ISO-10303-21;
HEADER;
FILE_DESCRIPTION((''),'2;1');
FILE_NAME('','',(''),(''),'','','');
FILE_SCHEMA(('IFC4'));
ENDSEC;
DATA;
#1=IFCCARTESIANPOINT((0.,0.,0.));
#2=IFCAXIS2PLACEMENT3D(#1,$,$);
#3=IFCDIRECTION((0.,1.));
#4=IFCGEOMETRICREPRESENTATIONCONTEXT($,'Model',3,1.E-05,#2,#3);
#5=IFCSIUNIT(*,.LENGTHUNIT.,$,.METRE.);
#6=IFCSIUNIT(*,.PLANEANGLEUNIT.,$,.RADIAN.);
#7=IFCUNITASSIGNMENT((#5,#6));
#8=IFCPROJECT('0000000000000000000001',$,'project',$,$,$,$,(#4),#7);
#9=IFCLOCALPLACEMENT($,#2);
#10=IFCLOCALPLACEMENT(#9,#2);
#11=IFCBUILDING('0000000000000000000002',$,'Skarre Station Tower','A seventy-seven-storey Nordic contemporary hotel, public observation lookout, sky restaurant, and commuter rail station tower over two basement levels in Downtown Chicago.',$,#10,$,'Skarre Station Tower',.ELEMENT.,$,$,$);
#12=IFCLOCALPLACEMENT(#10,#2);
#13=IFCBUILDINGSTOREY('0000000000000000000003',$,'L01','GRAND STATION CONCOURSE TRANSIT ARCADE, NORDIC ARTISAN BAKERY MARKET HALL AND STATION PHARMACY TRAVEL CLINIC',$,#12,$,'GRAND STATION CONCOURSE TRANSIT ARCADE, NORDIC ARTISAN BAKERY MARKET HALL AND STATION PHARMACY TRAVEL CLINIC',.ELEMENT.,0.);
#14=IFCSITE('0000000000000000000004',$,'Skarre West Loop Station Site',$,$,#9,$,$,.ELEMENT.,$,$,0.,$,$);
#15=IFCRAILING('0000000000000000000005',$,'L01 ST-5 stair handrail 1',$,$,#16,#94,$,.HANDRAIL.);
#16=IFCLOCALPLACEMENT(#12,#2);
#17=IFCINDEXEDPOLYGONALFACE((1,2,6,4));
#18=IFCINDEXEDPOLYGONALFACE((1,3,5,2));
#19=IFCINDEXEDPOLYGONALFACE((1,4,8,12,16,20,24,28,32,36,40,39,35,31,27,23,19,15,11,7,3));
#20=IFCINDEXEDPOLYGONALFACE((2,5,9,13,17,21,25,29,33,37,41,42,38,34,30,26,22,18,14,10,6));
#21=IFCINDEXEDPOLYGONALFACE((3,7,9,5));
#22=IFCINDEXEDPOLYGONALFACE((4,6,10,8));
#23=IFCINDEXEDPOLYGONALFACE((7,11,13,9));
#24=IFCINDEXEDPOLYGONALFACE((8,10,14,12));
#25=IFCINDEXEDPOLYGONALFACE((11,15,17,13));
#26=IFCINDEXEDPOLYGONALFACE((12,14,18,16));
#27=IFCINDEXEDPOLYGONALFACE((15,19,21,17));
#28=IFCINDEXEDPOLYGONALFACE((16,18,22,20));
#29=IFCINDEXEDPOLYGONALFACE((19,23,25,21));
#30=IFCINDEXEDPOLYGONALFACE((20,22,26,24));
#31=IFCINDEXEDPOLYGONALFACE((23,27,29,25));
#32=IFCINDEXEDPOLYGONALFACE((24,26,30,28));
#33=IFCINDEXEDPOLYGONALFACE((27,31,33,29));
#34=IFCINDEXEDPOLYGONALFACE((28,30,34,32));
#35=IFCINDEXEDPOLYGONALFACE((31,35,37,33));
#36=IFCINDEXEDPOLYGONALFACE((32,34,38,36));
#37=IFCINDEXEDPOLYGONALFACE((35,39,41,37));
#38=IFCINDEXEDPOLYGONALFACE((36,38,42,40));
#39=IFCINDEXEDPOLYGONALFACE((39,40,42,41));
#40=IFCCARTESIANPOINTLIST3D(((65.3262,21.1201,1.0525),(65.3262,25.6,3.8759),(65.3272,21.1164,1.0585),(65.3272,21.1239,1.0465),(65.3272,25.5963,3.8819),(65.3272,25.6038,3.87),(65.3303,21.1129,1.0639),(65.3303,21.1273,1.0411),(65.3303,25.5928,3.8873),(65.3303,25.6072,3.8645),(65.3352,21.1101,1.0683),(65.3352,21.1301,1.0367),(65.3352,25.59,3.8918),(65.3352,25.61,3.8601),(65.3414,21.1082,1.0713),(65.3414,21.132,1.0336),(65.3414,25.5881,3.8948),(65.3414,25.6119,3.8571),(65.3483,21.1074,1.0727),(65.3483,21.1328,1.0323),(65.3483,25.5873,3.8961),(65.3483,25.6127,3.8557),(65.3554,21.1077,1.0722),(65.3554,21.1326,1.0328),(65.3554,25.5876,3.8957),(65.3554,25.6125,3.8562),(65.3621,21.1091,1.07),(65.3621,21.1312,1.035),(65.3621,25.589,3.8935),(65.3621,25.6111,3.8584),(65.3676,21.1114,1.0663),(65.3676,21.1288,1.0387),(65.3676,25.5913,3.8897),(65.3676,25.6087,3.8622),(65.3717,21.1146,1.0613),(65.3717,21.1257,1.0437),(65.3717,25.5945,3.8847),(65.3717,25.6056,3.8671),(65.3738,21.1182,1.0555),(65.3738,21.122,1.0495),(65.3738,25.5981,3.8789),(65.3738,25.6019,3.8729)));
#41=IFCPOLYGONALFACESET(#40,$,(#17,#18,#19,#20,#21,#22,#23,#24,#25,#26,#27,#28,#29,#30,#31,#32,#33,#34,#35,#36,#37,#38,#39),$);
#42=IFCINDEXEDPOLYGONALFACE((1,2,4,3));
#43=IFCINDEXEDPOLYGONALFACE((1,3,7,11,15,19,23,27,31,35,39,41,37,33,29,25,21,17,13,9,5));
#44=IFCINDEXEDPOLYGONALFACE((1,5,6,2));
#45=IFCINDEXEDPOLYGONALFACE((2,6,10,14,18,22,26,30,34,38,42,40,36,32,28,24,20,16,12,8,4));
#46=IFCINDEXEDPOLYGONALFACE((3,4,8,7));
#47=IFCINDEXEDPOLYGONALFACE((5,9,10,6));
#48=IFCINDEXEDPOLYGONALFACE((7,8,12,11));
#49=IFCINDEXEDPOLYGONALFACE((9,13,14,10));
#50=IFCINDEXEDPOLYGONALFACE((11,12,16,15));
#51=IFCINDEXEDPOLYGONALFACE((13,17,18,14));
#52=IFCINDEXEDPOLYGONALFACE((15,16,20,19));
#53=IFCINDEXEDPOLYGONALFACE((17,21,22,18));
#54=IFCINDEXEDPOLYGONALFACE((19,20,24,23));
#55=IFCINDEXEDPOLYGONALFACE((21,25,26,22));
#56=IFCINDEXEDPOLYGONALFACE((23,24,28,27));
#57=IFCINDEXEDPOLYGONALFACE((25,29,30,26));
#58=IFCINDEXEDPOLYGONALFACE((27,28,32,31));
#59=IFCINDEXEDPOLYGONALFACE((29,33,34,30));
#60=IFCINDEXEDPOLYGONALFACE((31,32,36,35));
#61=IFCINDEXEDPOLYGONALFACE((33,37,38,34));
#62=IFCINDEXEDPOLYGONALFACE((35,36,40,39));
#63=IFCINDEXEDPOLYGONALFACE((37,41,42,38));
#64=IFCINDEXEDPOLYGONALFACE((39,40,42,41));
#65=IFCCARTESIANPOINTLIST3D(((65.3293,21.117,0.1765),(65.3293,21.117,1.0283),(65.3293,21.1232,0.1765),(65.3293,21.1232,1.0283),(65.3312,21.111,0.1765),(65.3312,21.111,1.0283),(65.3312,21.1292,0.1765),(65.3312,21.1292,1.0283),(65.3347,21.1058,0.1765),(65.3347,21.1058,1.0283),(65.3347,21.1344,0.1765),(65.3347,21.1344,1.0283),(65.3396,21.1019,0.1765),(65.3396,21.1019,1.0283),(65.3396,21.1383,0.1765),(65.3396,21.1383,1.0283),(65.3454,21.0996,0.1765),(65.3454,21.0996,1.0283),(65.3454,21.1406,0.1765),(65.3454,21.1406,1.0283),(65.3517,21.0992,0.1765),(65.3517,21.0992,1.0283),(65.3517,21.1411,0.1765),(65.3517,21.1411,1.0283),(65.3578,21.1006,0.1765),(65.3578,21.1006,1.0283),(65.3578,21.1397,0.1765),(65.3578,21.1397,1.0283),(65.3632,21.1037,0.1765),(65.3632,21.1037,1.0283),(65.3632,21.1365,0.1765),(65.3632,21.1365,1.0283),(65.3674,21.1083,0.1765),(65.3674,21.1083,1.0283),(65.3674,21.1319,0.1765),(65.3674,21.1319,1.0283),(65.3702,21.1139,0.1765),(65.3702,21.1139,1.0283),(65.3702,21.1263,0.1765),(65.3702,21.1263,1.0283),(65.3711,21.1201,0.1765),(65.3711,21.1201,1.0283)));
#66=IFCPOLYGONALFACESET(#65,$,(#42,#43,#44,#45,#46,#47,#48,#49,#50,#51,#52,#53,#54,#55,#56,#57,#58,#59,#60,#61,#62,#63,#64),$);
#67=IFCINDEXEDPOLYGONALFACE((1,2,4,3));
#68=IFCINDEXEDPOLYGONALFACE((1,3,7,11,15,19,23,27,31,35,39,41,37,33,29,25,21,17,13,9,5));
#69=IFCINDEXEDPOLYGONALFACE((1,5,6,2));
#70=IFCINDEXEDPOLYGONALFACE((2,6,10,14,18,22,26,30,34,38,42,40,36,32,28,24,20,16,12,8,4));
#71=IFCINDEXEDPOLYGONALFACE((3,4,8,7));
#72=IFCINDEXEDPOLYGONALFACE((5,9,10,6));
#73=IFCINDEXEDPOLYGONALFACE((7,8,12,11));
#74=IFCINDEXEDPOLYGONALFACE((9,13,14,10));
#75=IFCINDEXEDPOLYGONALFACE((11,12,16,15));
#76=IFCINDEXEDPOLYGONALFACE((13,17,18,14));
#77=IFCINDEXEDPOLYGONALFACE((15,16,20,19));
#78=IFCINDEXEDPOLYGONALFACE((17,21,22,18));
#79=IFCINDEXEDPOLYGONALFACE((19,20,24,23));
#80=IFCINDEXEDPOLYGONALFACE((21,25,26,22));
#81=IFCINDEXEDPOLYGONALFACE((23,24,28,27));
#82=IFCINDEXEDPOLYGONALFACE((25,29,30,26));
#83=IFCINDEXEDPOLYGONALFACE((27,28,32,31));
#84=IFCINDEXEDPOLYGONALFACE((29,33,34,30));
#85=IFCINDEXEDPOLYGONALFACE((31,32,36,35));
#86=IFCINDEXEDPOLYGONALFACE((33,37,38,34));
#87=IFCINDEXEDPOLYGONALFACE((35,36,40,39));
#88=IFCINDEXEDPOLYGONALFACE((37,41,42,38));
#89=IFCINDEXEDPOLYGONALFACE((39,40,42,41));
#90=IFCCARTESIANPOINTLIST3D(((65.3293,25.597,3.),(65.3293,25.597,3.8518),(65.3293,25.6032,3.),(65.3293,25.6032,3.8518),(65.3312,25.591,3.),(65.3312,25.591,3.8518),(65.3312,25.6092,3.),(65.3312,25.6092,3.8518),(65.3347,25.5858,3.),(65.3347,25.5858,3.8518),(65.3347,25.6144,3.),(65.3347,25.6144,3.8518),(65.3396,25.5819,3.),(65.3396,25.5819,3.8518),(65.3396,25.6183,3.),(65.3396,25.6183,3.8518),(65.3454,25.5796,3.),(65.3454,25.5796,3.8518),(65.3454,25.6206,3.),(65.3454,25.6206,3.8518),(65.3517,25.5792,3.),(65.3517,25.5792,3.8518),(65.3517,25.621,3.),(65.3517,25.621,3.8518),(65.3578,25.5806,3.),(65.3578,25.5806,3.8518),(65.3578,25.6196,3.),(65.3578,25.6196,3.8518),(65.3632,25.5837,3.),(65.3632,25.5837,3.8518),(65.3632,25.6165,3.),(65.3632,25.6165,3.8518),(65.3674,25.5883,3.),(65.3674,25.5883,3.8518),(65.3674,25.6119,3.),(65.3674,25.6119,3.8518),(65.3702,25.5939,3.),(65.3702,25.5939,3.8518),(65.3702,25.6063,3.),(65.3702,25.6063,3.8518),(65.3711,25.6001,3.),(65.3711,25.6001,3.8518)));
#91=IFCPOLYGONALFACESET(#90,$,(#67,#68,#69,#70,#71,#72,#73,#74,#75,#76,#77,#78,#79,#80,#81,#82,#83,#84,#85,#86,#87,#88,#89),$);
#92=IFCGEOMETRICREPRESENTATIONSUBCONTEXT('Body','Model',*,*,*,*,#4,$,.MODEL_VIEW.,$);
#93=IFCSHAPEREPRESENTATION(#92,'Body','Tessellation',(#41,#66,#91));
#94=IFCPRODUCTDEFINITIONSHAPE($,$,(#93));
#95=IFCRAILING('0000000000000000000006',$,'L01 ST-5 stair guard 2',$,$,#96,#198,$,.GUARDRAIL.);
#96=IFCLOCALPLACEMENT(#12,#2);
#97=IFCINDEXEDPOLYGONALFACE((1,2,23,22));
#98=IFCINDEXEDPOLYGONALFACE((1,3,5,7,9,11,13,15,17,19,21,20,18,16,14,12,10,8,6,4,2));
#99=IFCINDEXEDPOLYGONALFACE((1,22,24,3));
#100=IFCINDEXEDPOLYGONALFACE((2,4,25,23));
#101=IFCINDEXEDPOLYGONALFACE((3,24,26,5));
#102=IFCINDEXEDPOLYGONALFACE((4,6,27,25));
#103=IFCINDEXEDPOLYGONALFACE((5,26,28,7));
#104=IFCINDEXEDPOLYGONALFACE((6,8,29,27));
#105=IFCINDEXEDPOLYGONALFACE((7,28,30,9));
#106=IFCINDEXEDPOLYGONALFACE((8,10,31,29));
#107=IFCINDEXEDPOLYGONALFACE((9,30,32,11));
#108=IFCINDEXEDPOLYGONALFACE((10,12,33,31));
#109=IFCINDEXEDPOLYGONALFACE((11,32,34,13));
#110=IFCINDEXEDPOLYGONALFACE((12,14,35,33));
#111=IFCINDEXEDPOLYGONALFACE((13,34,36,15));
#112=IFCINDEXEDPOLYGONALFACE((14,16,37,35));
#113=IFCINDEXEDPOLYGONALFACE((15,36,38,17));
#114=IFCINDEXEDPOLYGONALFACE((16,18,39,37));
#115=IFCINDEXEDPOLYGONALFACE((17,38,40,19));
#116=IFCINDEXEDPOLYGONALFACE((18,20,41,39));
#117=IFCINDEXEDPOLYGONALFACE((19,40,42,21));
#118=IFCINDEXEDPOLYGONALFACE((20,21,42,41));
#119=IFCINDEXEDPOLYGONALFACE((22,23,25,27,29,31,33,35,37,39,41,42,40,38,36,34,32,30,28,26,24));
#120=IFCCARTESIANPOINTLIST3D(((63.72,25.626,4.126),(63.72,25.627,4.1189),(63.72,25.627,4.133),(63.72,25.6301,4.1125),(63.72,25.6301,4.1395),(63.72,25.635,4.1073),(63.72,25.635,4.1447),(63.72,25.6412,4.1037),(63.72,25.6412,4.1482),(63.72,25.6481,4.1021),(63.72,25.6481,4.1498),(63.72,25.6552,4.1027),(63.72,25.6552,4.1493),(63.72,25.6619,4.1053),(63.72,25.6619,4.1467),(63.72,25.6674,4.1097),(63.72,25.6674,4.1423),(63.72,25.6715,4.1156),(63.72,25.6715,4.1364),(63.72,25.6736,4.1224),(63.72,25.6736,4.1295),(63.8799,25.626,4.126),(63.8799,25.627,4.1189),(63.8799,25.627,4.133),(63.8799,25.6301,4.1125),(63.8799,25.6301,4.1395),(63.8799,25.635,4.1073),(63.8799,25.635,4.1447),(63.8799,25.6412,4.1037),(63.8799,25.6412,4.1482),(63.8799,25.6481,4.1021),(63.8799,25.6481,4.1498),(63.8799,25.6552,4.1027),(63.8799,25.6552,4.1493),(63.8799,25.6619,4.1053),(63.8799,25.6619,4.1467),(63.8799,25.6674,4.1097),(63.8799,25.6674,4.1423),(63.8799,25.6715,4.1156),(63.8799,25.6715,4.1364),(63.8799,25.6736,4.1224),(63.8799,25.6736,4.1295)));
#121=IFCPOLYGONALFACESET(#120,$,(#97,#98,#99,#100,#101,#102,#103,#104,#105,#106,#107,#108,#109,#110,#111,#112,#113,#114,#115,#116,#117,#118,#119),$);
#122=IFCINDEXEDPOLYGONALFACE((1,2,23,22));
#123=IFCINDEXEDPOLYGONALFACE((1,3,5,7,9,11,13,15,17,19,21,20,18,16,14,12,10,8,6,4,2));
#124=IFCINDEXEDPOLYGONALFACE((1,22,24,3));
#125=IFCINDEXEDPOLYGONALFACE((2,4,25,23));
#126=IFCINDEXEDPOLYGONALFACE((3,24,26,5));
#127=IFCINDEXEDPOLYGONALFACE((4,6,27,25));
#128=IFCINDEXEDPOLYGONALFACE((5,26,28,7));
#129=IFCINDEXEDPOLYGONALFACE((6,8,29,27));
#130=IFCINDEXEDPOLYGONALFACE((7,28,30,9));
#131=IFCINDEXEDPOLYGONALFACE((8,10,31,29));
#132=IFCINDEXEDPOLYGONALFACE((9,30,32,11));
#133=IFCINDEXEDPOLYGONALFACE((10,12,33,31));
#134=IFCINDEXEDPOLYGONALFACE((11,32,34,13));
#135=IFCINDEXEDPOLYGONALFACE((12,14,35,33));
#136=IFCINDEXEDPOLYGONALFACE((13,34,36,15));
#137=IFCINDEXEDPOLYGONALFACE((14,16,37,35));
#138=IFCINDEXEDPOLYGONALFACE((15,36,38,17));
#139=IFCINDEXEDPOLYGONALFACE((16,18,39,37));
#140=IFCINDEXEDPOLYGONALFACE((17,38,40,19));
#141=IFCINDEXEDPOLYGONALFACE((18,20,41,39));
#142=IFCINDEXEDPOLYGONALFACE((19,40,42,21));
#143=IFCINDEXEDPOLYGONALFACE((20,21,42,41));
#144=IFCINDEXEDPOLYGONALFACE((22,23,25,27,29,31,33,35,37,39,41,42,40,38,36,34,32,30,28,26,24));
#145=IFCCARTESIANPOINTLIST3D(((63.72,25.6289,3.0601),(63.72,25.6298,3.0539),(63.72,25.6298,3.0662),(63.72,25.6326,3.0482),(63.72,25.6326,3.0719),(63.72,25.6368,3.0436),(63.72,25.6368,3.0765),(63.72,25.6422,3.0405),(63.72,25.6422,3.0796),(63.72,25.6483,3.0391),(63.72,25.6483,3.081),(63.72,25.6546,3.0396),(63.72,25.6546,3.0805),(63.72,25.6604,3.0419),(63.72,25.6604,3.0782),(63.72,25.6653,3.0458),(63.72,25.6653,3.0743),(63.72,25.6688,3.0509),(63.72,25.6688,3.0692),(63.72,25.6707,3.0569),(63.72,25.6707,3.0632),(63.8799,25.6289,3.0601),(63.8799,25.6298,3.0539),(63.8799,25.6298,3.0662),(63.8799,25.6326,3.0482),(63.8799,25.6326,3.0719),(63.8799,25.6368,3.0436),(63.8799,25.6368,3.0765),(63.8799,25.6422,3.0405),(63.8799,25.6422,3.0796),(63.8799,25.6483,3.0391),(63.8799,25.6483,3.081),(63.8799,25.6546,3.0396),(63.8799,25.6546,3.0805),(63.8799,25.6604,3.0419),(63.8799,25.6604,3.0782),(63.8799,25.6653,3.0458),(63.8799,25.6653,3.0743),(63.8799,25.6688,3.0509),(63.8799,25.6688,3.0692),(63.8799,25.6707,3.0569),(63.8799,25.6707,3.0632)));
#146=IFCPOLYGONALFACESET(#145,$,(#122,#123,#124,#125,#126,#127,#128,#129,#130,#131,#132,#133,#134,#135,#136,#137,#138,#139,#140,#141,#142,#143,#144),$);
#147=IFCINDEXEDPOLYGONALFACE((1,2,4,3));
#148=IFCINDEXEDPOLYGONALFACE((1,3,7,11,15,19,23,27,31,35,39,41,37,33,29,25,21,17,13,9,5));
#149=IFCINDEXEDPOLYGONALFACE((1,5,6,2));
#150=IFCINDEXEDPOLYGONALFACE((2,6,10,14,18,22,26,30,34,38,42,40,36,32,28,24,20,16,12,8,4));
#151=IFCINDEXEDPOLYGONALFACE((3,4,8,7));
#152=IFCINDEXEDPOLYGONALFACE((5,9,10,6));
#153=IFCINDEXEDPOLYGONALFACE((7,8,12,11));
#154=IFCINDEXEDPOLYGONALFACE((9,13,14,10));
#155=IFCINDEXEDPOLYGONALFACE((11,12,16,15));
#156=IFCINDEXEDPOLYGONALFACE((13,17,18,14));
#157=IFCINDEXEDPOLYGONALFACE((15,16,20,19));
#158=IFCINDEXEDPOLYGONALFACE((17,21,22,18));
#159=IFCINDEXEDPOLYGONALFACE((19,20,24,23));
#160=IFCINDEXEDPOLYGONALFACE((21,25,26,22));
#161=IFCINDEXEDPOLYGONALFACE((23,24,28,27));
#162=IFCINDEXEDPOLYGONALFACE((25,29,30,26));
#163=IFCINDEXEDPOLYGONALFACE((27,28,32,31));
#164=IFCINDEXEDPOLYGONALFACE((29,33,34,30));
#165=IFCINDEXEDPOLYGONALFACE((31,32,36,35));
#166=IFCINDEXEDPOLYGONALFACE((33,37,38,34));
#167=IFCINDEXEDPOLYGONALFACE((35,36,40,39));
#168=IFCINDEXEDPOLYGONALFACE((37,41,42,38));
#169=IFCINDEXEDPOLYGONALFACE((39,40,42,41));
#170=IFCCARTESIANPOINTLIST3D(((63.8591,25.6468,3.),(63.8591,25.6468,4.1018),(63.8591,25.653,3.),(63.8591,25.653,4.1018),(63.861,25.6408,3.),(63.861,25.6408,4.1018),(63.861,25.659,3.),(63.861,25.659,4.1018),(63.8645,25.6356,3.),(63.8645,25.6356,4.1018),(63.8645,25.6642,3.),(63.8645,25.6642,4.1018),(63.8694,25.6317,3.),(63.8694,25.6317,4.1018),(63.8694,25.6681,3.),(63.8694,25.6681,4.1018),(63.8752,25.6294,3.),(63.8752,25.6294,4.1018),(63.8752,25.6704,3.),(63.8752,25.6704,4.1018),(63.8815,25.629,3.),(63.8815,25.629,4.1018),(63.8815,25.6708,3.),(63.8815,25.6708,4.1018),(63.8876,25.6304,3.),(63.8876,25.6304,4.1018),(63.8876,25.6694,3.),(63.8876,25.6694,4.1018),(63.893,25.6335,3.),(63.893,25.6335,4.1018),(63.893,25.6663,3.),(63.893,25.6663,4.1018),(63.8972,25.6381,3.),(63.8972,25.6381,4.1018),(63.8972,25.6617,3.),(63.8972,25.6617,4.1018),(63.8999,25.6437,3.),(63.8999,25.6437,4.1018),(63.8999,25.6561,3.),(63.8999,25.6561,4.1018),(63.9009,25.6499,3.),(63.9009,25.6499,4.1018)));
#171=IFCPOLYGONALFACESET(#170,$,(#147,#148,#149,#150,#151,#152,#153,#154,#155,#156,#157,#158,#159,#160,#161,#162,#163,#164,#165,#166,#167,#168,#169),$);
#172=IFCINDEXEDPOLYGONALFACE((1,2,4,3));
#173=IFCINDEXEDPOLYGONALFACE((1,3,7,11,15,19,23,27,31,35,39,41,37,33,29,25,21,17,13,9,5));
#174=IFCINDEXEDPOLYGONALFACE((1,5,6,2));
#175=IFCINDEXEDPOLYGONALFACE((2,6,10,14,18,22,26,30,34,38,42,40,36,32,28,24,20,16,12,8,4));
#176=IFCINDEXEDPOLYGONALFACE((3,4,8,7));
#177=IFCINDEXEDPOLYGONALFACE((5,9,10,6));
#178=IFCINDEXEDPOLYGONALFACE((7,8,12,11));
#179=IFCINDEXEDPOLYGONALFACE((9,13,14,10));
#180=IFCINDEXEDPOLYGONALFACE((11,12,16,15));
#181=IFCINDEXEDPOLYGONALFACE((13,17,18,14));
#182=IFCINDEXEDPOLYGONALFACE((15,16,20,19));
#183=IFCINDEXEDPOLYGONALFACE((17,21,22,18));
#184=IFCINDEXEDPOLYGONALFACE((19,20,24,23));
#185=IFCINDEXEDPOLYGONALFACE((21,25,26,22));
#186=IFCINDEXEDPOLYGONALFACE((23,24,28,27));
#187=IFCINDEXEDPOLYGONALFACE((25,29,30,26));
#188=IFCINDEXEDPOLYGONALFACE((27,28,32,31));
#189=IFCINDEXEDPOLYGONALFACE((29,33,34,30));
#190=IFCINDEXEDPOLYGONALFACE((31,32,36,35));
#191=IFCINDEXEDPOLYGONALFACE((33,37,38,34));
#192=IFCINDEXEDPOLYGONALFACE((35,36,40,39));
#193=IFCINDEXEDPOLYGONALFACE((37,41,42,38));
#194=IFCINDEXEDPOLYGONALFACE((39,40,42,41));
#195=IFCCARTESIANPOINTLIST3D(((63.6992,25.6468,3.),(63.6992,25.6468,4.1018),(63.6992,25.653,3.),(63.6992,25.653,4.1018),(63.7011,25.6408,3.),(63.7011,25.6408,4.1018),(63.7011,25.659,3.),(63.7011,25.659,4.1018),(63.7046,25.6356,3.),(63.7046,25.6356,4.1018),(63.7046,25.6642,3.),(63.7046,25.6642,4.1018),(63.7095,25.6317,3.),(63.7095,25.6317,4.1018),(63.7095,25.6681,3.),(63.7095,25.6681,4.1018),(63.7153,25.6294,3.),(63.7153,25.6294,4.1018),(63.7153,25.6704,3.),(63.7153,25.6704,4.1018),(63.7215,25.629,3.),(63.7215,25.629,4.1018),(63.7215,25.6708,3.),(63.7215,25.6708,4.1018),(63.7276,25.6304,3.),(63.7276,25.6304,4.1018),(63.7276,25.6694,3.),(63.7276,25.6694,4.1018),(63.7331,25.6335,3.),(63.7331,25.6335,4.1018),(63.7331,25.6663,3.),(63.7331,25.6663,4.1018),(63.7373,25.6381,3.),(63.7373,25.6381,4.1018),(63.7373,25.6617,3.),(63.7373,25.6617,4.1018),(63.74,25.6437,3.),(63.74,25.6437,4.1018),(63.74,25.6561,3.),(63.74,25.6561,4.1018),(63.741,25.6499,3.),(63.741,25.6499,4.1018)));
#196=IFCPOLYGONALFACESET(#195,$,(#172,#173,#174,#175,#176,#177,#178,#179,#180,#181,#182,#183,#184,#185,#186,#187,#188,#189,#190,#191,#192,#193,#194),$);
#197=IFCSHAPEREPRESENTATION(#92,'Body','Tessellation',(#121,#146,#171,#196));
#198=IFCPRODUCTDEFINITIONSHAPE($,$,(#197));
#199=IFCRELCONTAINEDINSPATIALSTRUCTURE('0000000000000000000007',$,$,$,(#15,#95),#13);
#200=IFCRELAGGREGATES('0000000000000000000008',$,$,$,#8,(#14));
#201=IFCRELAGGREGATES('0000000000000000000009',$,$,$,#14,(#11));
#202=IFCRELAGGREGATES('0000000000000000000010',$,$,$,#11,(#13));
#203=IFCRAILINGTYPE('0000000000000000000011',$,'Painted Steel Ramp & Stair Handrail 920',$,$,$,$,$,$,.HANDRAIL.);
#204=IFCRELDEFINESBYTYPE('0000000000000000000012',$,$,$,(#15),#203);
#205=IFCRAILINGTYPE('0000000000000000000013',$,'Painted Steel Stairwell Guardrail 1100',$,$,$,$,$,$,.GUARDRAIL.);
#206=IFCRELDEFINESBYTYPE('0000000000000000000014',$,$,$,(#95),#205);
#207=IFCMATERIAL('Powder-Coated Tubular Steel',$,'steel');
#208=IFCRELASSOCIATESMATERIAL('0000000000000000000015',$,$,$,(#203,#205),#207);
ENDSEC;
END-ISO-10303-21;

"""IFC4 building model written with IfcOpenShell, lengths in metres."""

from ifc_helpers import new_model, si_unit, direction, frame, origin, origin_2d, place, context, subcontext, project, spatial, circle, extrude, material, type_object, element, save


model = new_model("IFC4")

# Units and contexts
model_context = context("Model", 3, precision=1e-05, world=origin(), true_north=direction((0.0, 1.0)))
body_context = subcontext(model_context, "Body", "Model", "MODEL_VIEW")
ifc_project = project(units=[si_unit("LENGTHUNIT", "METRE"), si_unit("PLANEANGLEUNIT", "RADIAN")], contexts=[model_context])

# Site, building, storey
site_placement = place(None, origin())
site = spatial("IfcSite", under=ifc_project, at=site_placement, Name="Skarre West Loop Station Site", CompositionType="ELEMENT", RefElevation=0.0)
building_placement = place(site_placement, origin())
building = spatial("IfcBuilding", under=site, at=building_placement, Name="Skarre Station Tower", Description="A seventy-seven-storey Nordic contemporary hotel, public observation lookout, sky restaurant, and commuter rail station tower over two basement levels in Downtown Chicago.", LongName="Skarre Station Tower", CompositionType="ELEMENT")
storey_placement = place(building_placement, origin())
storey = spatial("IfcBuildingStorey", under=building, at=storey_placement, Name="L01", Description="GRAND STATION CONCOURSE TRANSIT ARCADE, NORDIC ARTISAN BAKERY MARKET HALL AND STATION PHARMACY TRAVEL CLINIC", LongName="GRAND STATION CONCOURSE TRANSIT ARCADE, NORDIC ARTISAN BAKERY MARKET HALL AND STATION PHARMACY TRAVEL CLINIC", CompositionType="ELEMENT", Elevation=0.0)

# Railings
ifc_material_1 = material(Name="Powder-Coated Tubular Steel", Category="steel")
railing_type_1 = type_object("IfcRailingType", Name="Painted Steel Ramp & Stair Handrail 920", PredefinedType="HANDRAIL", material=ifc_material_1)
railing_1_placement = place(storey_placement, frame((65.3501, 21.1201, 0.1765)))
element("IfcRailing", 1, at=railing_1_placement, inside=storey, type_object=railing_type_1, Name="L01 ST-5 stair handrail 1", PredefinedType="HANDRAIL", context=body_context, shape_type="SweptSolid", body=[
    extrude(circle(Radius=0.0239, at=origin_2d()), frame((0.0, 0.0, 0.876), z_axis=(0.0, 0.845998, 0.533186), x_axis=(-1.0, 0.0, 0.0)), (0.0, 0.0, 1.0), 5.2954),
    extrude(circle(Radius=0.021, at=origin_2d()), origin(), (0.0, 0.0, 1.0), 0.8518),
    extrude(circle(Radius=0.021, at=origin_2d()), frame((0.0, 4.48, 2.8235)), (0.0, 0.0, 1.0), 0.8518),
])
railing_type_2 = type_object("IfcRailingType", Name="Painted Steel Stairwell Guardrail 1100", PredefinedType="GUARDRAIL", material=ifc_material_1)
for number, where, name in (
    (2, (63.8799, 25.6499, 3.0), "L01 ST-5 stair guard 2"),
):
    element("IfcRailing", number, at=place(storey_placement, frame(where)), inside=storey, type_object=railing_type_2, Name=name, PredefinedType="GUARDRAIL", context=body_context, shape_type="SweptSolid", body=[
        extrude(circle(Radius=0.0239, at=origin_2d()), frame((0.0, 0.0, 1.126), z_axis=(-1.0, 0.0, 0.0), x_axis=(0.0, -1.0, 0.0)), (0.0, 0.0, 1.0), 0.1599),
        extrude(circle(Radius=0.021, at=origin_2d()), frame((0.0, 0.0, 0.0601), z_axis=(-1.0, 0.0, 0.0), x_axis=(0.0, -1.0, 0.0)), (0.0, 0.0, 1.0), 0.1599),
        extrude(circle(Radius=0.021, at=origin_2d()), origin(), (0.0, 0.0, 1.0), 1.1018),
        extrude(circle(Radius=0.021, at=origin_2d()), frame((-0.1599, 0.0, 0.0)), (0.0, 0.0, 1.0), 1.1018),
    ])

save(model, "model.ifc")
